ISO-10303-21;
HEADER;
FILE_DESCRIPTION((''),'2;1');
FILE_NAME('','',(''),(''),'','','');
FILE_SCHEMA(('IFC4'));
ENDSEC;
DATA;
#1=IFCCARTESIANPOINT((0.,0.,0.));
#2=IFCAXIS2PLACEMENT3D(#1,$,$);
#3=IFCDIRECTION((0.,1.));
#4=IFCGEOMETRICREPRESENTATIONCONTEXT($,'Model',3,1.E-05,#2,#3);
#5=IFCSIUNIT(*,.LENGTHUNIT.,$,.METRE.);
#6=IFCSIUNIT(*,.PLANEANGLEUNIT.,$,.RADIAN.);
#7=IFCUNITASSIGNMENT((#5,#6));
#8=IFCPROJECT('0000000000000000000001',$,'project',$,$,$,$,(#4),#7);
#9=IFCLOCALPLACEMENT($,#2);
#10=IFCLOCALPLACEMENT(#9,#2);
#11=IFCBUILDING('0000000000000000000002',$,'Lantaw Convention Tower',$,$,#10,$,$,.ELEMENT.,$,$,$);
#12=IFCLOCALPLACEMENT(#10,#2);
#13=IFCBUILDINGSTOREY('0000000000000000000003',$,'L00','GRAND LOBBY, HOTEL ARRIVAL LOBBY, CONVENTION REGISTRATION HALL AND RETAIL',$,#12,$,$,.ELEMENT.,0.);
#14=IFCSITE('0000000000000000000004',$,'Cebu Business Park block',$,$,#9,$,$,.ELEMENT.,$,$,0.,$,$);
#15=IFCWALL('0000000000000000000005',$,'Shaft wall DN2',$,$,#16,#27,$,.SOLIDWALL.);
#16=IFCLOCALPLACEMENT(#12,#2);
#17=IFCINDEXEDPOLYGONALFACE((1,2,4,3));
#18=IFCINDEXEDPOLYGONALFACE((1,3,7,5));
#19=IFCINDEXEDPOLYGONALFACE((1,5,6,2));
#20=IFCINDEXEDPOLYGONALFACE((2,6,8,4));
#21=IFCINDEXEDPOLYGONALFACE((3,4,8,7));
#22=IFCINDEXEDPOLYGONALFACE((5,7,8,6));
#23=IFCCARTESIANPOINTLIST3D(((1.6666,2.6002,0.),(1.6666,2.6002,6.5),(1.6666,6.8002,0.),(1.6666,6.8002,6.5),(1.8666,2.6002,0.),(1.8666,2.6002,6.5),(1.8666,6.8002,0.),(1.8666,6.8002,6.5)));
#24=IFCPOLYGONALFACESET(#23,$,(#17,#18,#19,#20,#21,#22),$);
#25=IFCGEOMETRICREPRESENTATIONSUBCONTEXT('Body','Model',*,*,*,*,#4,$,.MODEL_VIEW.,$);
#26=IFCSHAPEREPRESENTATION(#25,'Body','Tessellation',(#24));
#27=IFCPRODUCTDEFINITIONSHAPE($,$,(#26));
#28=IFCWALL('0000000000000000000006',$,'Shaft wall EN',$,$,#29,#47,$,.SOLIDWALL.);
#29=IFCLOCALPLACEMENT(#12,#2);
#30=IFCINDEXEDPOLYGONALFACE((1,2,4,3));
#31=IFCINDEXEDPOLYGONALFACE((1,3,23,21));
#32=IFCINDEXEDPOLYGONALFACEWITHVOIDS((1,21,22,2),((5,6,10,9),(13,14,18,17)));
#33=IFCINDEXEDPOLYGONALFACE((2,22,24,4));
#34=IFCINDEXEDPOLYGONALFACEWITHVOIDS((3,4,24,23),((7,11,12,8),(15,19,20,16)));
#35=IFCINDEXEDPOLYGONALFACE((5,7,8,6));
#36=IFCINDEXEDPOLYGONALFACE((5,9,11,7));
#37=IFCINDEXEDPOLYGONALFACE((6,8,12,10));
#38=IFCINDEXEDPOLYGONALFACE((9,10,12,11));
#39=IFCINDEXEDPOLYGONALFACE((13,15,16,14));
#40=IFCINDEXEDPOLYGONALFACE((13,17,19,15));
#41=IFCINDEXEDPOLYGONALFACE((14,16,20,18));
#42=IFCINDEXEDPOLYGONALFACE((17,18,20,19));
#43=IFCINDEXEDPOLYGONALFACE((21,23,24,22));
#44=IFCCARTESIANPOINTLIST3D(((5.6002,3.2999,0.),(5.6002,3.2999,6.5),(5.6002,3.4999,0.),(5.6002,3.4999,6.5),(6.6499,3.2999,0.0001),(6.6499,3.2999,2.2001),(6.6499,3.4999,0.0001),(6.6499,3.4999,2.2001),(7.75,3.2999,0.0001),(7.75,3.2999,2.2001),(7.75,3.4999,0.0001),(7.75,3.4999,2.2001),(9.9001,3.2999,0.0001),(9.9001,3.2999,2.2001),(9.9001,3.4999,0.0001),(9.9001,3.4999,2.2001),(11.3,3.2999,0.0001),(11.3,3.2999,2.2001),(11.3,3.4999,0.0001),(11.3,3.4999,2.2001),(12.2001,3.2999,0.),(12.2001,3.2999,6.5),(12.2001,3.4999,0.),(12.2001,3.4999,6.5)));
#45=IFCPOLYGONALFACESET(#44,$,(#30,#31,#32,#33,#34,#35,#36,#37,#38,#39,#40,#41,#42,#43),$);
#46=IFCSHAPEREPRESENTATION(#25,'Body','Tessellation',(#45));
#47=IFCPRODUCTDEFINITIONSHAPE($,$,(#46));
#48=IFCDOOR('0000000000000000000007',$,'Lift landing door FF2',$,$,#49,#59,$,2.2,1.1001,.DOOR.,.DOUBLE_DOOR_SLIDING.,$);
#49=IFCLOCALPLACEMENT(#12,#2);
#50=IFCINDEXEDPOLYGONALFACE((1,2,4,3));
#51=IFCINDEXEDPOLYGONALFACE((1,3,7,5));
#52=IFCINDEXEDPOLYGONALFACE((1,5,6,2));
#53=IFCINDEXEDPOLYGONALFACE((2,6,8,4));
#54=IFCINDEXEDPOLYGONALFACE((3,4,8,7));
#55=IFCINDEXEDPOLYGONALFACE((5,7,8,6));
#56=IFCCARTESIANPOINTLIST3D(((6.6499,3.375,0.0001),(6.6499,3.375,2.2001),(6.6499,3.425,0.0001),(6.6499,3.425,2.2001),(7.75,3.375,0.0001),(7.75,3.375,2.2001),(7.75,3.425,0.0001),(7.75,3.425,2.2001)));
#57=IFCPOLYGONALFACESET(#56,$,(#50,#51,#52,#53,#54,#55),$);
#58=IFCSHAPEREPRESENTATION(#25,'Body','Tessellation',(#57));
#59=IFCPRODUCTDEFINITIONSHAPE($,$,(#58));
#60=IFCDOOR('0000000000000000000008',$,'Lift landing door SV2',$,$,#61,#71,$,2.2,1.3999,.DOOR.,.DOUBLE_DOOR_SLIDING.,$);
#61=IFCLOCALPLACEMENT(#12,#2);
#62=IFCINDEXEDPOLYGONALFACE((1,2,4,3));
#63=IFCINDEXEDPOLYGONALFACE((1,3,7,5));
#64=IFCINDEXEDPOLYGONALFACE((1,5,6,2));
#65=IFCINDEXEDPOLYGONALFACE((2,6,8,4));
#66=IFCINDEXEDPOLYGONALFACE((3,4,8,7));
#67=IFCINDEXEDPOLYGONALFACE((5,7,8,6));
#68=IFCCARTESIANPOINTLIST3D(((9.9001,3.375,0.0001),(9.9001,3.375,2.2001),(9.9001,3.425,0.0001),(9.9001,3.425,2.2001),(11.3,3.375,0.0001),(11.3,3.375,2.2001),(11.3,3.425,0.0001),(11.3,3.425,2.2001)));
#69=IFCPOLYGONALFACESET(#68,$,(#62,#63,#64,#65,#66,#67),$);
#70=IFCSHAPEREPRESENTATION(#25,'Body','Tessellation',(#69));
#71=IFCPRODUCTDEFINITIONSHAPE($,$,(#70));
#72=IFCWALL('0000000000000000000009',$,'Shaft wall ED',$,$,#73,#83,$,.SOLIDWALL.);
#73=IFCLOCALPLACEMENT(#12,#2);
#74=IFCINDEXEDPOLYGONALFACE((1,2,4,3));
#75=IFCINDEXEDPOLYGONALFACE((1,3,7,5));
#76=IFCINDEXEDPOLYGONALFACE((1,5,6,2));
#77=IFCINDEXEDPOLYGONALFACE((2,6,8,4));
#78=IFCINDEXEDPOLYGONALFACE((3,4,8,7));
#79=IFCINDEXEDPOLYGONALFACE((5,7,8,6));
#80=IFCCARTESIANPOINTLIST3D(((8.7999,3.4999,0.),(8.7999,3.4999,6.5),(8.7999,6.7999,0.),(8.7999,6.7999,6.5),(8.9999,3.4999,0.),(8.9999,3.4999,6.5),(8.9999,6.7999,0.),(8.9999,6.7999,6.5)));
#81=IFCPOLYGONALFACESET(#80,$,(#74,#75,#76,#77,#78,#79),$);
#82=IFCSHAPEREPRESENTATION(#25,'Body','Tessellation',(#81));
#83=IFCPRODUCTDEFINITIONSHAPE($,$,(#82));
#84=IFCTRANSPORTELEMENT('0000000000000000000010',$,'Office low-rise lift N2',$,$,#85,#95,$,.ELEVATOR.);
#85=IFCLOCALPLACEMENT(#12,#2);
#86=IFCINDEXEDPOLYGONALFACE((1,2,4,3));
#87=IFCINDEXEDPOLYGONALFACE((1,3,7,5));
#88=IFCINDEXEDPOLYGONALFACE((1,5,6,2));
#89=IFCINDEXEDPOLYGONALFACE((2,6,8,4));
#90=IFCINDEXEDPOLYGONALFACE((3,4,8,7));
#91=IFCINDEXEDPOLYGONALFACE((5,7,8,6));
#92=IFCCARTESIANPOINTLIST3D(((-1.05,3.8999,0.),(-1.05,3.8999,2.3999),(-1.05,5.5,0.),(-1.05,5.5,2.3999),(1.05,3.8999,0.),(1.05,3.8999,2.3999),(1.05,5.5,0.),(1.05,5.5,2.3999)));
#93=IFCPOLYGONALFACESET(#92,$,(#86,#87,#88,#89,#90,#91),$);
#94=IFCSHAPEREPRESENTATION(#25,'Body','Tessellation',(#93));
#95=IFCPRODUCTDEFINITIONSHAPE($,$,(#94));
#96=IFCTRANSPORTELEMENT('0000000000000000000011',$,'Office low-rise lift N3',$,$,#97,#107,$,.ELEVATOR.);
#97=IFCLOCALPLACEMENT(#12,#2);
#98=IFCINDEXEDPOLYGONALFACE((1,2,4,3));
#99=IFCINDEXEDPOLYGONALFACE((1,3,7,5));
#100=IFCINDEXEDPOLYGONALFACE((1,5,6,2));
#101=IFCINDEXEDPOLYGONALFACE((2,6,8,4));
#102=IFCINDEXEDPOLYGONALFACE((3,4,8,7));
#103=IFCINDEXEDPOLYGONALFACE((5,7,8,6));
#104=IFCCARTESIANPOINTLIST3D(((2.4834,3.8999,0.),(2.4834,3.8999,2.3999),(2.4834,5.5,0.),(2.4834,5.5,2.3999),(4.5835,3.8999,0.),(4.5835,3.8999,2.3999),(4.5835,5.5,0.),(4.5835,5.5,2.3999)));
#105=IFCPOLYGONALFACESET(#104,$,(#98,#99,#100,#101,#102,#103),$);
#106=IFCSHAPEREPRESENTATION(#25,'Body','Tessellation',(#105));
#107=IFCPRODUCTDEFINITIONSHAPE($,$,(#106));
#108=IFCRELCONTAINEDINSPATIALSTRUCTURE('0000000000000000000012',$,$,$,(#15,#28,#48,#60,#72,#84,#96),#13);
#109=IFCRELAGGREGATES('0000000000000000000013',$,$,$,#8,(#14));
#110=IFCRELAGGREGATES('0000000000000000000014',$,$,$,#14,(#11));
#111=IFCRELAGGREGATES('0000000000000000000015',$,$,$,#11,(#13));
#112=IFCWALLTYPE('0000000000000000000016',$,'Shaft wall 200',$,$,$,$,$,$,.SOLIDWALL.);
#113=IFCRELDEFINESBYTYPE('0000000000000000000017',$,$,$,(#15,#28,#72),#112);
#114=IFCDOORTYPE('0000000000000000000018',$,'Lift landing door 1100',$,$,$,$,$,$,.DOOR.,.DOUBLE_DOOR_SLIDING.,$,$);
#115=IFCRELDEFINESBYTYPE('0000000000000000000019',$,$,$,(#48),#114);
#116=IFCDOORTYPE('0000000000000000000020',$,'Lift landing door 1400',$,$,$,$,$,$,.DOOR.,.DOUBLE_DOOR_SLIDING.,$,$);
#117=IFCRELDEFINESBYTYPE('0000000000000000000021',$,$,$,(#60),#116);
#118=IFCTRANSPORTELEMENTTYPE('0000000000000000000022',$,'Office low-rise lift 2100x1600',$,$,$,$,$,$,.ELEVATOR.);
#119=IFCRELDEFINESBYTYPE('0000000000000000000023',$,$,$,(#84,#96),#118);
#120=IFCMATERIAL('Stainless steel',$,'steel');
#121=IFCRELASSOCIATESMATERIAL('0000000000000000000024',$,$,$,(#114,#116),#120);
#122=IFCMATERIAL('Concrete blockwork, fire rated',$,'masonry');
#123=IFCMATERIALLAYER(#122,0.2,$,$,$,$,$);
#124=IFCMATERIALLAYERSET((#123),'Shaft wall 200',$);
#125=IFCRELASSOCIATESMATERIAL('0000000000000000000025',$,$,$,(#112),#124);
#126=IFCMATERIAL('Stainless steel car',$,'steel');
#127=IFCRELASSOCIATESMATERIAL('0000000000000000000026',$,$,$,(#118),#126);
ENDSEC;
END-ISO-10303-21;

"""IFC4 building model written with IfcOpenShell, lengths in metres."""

from ifc_helpers import new_model, si_unit, direction, frame, frame_2d, origin, origin_2d, place, context, subcontext, project, spatial, rectangle, extrude, material, layer, layer_set, type_object, element, fill, save


model = new_model("IFC4")

# Units and contexts
model_context = context("Model", 3, precision=1e-05, world=origin(), true_north=direction((0.0, 1.0)))
body_context = subcontext(model_context, "Body", "Model", "MODEL_VIEW")
ifc_project = project(units=[si_unit("LENGTHUNIT", "METRE"), si_unit("PLANEANGLEUNIT", "RADIAN")], contexts=[model_context])

# Site, building, storey
site_placement = place(None, origin())
site = spatial("IfcSite", under=ifc_project, at=site_placement, Name="Cebu Business Park block", CompositionType="ELEMENT", RefElevation=0.0)
building_placement = place(site_placement, origin())
building = spatial("IfcBuilding", under=site, at=building_placement, Name="Lantaw Convention Tower", CompositionType="ELEMENT")
storey_placement = place(building_placement, origin())
storey = spatial("IfcBuildingStorey", under=building, at=storey_placement, Name="L00", Description="GRAND LOBBY, HOTEL ARRIVAL LOBBY, CONVENTION REGISTRATION HALL AND RETAIL", CompositionType="ELEMENT", Elevation=0.0)

# Shared definitions
ifc_material_1 = material(Name="Stainless steel", Category="steel")
door_type_1 = type_object("IfcDoorType", Name="Lift landing door 1100", OperationType="DOUBLE_DOOR_SLIDING", PredefinedType="DOOR", material=ifc_material_1)

# Wall
ifc_material_2 = material(Name="Concrete blockwork, fire rated", Category="masonry")
ifc_layer_1 = layer(ifc_material_2, 0.2)
ifc_layer_set_1 = layer_set([ifc_layer_1], Name="Shaft wall 200")
wall_type_1 = type_object("IfcWallType", Name="Shaft wall 200", PredefinedType="SOLIDWALL", material=ifc_layer_set_1)
wall_1_placement = place(storey_placement, frame((1.7666, 2.6001, 0.0), z_axis=(0.0, 0.0, 1.0), x_axis=(0.0, 1.0, 0.0)))
element("IfcWall", 1, at=wall_1_placement, inside=storey, type_object=wall_type_1, Name="Shaft wall DN2", PredefinedType="SOLIDWALL", context=body_context, shape_type="SweptSolid", body=[
    extrude(rectangle(XDim=4.2, YDim=0.2, at=frame_2d((2.1001, 0.0))), origin(), (0.0, 0.0, 1.0), 6.5),
])

# Wall, openings, doors
wall_2_placement = place(storey_placement, frame((12.2, 3.3999, 0.0), z_axis=(0.0, 0.0, 1.0), x_axis=(-1.0, 0.0, 0.0)))
wall_2 = element("IfcWall", 2, at=wall_2_placement, inside=storey, type_object=wall_type_1, Name="Shaft wall EN", PredefinedType="SOLIDWALL", context=body_context, shape_type="SweptSolid", body=[
    extrude(rectangle(XDim=6.5999, YDim=0.2, at=frame_2d((3.2998, 0.0))), origin(), (0.0, 0.0, 1.0), 6.5),
])
opening_1_placement = place(wall_2_placement, frame((4.45, 0.0, 0.0)))
opening_1 = element("IfcOpeningElement", 3, at=opening_1_placement, cuts=wall_2, PredefinedType="OPENING", context=body_context, shape_type="SweptSolid", body=[
    extrude(rectangle(XDim=1.1001, YDim=2.2, at=frame_2d((0.55, 1.1001))), frame((0.0, 0.1099, 0.0), z_axis=(0.0, -1.0, 0.0), x_axis=(1.0, 0.0, 0.0)), (0.0, 0.0, 1.0), 0.22),
])
opening_2_placement = place(wall_2_placement, frame((0.8999, 0.0, 0.0)))
opening_2 = element("IfcOpeningElement", 4, at=opening_2_placement, cuts=wall_2, PredefinedType="OPENING", context=body_context, shape_type="SweptSolid", body=[
    extrude(rectangle(XDim=1.3999, YDim=2.2, at=frame_2d((0.7, 1.1001))), frame((0.0, 0.1099, 0.0), z_axis=(0.0, -1.0, 0.0), x_axis=(1.0, 0.0, 0.0)), (0.0, 0.0, 1.0), 0.22),
])
door_1_placement = place(opening_1_placement, origin())
door_1 = element("IfcDoor", 5, at=door_1_placement, inside=storey, type_object=door_type_1, Name="Lift landing door FF2", OperationType="DOUBLE_DOOR_SLIDING", OverallHeight=2.2, OverallWidth=1.1001, PredefinedType="DOOR", context=body_context, shape_type="SweptSolid", body=[
    extrude(rectangle(XDim=1.1001, YDim=2.2, at=frame_2d((0.55, 1.1001))), frame((0.0, 0.0249, 0.0), z_axis=(0.0, -1.0, 0.0), x_axis=(1.0, 0.0, 0.0)), (0.0, 0.0, 1.0), 0.05),
])
fill(opening_1, door_1)
door_type_2 = type_object("IfcDoorType", Name="Lift landing door 1400", OperationType="DOUBLE_DOOR_SLIDING", PredefinedType="DOOR", material=ifc_material_1)
door_2_placement = place(opening_2_placement, origin())
door_2 = element("IfcDoor", 6, at=door_2_placement, inside=storey, type_object=door_type_2, Name="Lift landing door SV2", OperationType="DOUBLE_DOOR_SLIDING", OverallHeight=2.2, OverallWidth=1.3999, PredefinedType="DOOR", context=body_context, shape_type="SweptSolid", body=[
    extrude(rectangle(XDim=1.3999, YDim=2.2, at=frame_2d((0.7, 1.1001))), frame((0.0, 0.0249, 0.0), z_axis=(0.0, -1.0, 0.0), x_axis=(1.0, 0.0, 0.0)), (0.0, 0.0, 1.0), 0.05),
])
fill(opening_2, door_2)

# Wall
wall_3_placement = place(storey_placement, frame((8.8999, 3.5, 0.0), z_axis=(0.0, 0.0, 1.0), x_axis=(0.0, 1.0, 0.0)))
element("IfcWall", 7, at=wall_3_placement, inside=storey, type_object=wall_type_1, Name="Shaft wall ED", PredefinedType="SOLIDWALL", context=body_context, shape_type="SweptSolid", body=[
    extrude(rectangle(XDim=3.3, YDim=0.2, at=frame_2d((1.6499, 0.0))), origin(), (0.0, 0.0, 1.0), 6.5),
])

# Transport elements
ifc_material_3 = material(Name="Stainless steel car", Category="steel")
transport_element_type = type_object("IfcTransportElementType", Name="Office low-rise lift 2100x1600", PredefinedType="ELEVATOR", material=ifc_material_3)
for number, where, z_axis, x_axis, name in (
    (8, (0.0, 4.7, 0.0), (0.0, 0.0, 1.0), (1.0, 0.0, 0.0), "Office low-rise lift N2"),
    (9, (3.5334, 4.7, 0.0), (0.0, 0.0, 1.0), (1.0, 0.0, 0.0), "Office low-rise lift N3"),
):
    element("IfcTransportElement", number, at=place(storey_placement, frame(where, z_axis=z_axis, x_axis=x_axis)), inside=storey, type_object=transport_element_type, Name=name, PredefinedType="ELEVATOR", context=body_context, shape_type="SweptSolid", body=[
        extrude(rectangle(XDim=2.1001, YDim=1.6001, at=origin_2d()), origin(), (0.0, 0.0, 1.0), 2.3999),
    ])

save(model, "model.ifc")
